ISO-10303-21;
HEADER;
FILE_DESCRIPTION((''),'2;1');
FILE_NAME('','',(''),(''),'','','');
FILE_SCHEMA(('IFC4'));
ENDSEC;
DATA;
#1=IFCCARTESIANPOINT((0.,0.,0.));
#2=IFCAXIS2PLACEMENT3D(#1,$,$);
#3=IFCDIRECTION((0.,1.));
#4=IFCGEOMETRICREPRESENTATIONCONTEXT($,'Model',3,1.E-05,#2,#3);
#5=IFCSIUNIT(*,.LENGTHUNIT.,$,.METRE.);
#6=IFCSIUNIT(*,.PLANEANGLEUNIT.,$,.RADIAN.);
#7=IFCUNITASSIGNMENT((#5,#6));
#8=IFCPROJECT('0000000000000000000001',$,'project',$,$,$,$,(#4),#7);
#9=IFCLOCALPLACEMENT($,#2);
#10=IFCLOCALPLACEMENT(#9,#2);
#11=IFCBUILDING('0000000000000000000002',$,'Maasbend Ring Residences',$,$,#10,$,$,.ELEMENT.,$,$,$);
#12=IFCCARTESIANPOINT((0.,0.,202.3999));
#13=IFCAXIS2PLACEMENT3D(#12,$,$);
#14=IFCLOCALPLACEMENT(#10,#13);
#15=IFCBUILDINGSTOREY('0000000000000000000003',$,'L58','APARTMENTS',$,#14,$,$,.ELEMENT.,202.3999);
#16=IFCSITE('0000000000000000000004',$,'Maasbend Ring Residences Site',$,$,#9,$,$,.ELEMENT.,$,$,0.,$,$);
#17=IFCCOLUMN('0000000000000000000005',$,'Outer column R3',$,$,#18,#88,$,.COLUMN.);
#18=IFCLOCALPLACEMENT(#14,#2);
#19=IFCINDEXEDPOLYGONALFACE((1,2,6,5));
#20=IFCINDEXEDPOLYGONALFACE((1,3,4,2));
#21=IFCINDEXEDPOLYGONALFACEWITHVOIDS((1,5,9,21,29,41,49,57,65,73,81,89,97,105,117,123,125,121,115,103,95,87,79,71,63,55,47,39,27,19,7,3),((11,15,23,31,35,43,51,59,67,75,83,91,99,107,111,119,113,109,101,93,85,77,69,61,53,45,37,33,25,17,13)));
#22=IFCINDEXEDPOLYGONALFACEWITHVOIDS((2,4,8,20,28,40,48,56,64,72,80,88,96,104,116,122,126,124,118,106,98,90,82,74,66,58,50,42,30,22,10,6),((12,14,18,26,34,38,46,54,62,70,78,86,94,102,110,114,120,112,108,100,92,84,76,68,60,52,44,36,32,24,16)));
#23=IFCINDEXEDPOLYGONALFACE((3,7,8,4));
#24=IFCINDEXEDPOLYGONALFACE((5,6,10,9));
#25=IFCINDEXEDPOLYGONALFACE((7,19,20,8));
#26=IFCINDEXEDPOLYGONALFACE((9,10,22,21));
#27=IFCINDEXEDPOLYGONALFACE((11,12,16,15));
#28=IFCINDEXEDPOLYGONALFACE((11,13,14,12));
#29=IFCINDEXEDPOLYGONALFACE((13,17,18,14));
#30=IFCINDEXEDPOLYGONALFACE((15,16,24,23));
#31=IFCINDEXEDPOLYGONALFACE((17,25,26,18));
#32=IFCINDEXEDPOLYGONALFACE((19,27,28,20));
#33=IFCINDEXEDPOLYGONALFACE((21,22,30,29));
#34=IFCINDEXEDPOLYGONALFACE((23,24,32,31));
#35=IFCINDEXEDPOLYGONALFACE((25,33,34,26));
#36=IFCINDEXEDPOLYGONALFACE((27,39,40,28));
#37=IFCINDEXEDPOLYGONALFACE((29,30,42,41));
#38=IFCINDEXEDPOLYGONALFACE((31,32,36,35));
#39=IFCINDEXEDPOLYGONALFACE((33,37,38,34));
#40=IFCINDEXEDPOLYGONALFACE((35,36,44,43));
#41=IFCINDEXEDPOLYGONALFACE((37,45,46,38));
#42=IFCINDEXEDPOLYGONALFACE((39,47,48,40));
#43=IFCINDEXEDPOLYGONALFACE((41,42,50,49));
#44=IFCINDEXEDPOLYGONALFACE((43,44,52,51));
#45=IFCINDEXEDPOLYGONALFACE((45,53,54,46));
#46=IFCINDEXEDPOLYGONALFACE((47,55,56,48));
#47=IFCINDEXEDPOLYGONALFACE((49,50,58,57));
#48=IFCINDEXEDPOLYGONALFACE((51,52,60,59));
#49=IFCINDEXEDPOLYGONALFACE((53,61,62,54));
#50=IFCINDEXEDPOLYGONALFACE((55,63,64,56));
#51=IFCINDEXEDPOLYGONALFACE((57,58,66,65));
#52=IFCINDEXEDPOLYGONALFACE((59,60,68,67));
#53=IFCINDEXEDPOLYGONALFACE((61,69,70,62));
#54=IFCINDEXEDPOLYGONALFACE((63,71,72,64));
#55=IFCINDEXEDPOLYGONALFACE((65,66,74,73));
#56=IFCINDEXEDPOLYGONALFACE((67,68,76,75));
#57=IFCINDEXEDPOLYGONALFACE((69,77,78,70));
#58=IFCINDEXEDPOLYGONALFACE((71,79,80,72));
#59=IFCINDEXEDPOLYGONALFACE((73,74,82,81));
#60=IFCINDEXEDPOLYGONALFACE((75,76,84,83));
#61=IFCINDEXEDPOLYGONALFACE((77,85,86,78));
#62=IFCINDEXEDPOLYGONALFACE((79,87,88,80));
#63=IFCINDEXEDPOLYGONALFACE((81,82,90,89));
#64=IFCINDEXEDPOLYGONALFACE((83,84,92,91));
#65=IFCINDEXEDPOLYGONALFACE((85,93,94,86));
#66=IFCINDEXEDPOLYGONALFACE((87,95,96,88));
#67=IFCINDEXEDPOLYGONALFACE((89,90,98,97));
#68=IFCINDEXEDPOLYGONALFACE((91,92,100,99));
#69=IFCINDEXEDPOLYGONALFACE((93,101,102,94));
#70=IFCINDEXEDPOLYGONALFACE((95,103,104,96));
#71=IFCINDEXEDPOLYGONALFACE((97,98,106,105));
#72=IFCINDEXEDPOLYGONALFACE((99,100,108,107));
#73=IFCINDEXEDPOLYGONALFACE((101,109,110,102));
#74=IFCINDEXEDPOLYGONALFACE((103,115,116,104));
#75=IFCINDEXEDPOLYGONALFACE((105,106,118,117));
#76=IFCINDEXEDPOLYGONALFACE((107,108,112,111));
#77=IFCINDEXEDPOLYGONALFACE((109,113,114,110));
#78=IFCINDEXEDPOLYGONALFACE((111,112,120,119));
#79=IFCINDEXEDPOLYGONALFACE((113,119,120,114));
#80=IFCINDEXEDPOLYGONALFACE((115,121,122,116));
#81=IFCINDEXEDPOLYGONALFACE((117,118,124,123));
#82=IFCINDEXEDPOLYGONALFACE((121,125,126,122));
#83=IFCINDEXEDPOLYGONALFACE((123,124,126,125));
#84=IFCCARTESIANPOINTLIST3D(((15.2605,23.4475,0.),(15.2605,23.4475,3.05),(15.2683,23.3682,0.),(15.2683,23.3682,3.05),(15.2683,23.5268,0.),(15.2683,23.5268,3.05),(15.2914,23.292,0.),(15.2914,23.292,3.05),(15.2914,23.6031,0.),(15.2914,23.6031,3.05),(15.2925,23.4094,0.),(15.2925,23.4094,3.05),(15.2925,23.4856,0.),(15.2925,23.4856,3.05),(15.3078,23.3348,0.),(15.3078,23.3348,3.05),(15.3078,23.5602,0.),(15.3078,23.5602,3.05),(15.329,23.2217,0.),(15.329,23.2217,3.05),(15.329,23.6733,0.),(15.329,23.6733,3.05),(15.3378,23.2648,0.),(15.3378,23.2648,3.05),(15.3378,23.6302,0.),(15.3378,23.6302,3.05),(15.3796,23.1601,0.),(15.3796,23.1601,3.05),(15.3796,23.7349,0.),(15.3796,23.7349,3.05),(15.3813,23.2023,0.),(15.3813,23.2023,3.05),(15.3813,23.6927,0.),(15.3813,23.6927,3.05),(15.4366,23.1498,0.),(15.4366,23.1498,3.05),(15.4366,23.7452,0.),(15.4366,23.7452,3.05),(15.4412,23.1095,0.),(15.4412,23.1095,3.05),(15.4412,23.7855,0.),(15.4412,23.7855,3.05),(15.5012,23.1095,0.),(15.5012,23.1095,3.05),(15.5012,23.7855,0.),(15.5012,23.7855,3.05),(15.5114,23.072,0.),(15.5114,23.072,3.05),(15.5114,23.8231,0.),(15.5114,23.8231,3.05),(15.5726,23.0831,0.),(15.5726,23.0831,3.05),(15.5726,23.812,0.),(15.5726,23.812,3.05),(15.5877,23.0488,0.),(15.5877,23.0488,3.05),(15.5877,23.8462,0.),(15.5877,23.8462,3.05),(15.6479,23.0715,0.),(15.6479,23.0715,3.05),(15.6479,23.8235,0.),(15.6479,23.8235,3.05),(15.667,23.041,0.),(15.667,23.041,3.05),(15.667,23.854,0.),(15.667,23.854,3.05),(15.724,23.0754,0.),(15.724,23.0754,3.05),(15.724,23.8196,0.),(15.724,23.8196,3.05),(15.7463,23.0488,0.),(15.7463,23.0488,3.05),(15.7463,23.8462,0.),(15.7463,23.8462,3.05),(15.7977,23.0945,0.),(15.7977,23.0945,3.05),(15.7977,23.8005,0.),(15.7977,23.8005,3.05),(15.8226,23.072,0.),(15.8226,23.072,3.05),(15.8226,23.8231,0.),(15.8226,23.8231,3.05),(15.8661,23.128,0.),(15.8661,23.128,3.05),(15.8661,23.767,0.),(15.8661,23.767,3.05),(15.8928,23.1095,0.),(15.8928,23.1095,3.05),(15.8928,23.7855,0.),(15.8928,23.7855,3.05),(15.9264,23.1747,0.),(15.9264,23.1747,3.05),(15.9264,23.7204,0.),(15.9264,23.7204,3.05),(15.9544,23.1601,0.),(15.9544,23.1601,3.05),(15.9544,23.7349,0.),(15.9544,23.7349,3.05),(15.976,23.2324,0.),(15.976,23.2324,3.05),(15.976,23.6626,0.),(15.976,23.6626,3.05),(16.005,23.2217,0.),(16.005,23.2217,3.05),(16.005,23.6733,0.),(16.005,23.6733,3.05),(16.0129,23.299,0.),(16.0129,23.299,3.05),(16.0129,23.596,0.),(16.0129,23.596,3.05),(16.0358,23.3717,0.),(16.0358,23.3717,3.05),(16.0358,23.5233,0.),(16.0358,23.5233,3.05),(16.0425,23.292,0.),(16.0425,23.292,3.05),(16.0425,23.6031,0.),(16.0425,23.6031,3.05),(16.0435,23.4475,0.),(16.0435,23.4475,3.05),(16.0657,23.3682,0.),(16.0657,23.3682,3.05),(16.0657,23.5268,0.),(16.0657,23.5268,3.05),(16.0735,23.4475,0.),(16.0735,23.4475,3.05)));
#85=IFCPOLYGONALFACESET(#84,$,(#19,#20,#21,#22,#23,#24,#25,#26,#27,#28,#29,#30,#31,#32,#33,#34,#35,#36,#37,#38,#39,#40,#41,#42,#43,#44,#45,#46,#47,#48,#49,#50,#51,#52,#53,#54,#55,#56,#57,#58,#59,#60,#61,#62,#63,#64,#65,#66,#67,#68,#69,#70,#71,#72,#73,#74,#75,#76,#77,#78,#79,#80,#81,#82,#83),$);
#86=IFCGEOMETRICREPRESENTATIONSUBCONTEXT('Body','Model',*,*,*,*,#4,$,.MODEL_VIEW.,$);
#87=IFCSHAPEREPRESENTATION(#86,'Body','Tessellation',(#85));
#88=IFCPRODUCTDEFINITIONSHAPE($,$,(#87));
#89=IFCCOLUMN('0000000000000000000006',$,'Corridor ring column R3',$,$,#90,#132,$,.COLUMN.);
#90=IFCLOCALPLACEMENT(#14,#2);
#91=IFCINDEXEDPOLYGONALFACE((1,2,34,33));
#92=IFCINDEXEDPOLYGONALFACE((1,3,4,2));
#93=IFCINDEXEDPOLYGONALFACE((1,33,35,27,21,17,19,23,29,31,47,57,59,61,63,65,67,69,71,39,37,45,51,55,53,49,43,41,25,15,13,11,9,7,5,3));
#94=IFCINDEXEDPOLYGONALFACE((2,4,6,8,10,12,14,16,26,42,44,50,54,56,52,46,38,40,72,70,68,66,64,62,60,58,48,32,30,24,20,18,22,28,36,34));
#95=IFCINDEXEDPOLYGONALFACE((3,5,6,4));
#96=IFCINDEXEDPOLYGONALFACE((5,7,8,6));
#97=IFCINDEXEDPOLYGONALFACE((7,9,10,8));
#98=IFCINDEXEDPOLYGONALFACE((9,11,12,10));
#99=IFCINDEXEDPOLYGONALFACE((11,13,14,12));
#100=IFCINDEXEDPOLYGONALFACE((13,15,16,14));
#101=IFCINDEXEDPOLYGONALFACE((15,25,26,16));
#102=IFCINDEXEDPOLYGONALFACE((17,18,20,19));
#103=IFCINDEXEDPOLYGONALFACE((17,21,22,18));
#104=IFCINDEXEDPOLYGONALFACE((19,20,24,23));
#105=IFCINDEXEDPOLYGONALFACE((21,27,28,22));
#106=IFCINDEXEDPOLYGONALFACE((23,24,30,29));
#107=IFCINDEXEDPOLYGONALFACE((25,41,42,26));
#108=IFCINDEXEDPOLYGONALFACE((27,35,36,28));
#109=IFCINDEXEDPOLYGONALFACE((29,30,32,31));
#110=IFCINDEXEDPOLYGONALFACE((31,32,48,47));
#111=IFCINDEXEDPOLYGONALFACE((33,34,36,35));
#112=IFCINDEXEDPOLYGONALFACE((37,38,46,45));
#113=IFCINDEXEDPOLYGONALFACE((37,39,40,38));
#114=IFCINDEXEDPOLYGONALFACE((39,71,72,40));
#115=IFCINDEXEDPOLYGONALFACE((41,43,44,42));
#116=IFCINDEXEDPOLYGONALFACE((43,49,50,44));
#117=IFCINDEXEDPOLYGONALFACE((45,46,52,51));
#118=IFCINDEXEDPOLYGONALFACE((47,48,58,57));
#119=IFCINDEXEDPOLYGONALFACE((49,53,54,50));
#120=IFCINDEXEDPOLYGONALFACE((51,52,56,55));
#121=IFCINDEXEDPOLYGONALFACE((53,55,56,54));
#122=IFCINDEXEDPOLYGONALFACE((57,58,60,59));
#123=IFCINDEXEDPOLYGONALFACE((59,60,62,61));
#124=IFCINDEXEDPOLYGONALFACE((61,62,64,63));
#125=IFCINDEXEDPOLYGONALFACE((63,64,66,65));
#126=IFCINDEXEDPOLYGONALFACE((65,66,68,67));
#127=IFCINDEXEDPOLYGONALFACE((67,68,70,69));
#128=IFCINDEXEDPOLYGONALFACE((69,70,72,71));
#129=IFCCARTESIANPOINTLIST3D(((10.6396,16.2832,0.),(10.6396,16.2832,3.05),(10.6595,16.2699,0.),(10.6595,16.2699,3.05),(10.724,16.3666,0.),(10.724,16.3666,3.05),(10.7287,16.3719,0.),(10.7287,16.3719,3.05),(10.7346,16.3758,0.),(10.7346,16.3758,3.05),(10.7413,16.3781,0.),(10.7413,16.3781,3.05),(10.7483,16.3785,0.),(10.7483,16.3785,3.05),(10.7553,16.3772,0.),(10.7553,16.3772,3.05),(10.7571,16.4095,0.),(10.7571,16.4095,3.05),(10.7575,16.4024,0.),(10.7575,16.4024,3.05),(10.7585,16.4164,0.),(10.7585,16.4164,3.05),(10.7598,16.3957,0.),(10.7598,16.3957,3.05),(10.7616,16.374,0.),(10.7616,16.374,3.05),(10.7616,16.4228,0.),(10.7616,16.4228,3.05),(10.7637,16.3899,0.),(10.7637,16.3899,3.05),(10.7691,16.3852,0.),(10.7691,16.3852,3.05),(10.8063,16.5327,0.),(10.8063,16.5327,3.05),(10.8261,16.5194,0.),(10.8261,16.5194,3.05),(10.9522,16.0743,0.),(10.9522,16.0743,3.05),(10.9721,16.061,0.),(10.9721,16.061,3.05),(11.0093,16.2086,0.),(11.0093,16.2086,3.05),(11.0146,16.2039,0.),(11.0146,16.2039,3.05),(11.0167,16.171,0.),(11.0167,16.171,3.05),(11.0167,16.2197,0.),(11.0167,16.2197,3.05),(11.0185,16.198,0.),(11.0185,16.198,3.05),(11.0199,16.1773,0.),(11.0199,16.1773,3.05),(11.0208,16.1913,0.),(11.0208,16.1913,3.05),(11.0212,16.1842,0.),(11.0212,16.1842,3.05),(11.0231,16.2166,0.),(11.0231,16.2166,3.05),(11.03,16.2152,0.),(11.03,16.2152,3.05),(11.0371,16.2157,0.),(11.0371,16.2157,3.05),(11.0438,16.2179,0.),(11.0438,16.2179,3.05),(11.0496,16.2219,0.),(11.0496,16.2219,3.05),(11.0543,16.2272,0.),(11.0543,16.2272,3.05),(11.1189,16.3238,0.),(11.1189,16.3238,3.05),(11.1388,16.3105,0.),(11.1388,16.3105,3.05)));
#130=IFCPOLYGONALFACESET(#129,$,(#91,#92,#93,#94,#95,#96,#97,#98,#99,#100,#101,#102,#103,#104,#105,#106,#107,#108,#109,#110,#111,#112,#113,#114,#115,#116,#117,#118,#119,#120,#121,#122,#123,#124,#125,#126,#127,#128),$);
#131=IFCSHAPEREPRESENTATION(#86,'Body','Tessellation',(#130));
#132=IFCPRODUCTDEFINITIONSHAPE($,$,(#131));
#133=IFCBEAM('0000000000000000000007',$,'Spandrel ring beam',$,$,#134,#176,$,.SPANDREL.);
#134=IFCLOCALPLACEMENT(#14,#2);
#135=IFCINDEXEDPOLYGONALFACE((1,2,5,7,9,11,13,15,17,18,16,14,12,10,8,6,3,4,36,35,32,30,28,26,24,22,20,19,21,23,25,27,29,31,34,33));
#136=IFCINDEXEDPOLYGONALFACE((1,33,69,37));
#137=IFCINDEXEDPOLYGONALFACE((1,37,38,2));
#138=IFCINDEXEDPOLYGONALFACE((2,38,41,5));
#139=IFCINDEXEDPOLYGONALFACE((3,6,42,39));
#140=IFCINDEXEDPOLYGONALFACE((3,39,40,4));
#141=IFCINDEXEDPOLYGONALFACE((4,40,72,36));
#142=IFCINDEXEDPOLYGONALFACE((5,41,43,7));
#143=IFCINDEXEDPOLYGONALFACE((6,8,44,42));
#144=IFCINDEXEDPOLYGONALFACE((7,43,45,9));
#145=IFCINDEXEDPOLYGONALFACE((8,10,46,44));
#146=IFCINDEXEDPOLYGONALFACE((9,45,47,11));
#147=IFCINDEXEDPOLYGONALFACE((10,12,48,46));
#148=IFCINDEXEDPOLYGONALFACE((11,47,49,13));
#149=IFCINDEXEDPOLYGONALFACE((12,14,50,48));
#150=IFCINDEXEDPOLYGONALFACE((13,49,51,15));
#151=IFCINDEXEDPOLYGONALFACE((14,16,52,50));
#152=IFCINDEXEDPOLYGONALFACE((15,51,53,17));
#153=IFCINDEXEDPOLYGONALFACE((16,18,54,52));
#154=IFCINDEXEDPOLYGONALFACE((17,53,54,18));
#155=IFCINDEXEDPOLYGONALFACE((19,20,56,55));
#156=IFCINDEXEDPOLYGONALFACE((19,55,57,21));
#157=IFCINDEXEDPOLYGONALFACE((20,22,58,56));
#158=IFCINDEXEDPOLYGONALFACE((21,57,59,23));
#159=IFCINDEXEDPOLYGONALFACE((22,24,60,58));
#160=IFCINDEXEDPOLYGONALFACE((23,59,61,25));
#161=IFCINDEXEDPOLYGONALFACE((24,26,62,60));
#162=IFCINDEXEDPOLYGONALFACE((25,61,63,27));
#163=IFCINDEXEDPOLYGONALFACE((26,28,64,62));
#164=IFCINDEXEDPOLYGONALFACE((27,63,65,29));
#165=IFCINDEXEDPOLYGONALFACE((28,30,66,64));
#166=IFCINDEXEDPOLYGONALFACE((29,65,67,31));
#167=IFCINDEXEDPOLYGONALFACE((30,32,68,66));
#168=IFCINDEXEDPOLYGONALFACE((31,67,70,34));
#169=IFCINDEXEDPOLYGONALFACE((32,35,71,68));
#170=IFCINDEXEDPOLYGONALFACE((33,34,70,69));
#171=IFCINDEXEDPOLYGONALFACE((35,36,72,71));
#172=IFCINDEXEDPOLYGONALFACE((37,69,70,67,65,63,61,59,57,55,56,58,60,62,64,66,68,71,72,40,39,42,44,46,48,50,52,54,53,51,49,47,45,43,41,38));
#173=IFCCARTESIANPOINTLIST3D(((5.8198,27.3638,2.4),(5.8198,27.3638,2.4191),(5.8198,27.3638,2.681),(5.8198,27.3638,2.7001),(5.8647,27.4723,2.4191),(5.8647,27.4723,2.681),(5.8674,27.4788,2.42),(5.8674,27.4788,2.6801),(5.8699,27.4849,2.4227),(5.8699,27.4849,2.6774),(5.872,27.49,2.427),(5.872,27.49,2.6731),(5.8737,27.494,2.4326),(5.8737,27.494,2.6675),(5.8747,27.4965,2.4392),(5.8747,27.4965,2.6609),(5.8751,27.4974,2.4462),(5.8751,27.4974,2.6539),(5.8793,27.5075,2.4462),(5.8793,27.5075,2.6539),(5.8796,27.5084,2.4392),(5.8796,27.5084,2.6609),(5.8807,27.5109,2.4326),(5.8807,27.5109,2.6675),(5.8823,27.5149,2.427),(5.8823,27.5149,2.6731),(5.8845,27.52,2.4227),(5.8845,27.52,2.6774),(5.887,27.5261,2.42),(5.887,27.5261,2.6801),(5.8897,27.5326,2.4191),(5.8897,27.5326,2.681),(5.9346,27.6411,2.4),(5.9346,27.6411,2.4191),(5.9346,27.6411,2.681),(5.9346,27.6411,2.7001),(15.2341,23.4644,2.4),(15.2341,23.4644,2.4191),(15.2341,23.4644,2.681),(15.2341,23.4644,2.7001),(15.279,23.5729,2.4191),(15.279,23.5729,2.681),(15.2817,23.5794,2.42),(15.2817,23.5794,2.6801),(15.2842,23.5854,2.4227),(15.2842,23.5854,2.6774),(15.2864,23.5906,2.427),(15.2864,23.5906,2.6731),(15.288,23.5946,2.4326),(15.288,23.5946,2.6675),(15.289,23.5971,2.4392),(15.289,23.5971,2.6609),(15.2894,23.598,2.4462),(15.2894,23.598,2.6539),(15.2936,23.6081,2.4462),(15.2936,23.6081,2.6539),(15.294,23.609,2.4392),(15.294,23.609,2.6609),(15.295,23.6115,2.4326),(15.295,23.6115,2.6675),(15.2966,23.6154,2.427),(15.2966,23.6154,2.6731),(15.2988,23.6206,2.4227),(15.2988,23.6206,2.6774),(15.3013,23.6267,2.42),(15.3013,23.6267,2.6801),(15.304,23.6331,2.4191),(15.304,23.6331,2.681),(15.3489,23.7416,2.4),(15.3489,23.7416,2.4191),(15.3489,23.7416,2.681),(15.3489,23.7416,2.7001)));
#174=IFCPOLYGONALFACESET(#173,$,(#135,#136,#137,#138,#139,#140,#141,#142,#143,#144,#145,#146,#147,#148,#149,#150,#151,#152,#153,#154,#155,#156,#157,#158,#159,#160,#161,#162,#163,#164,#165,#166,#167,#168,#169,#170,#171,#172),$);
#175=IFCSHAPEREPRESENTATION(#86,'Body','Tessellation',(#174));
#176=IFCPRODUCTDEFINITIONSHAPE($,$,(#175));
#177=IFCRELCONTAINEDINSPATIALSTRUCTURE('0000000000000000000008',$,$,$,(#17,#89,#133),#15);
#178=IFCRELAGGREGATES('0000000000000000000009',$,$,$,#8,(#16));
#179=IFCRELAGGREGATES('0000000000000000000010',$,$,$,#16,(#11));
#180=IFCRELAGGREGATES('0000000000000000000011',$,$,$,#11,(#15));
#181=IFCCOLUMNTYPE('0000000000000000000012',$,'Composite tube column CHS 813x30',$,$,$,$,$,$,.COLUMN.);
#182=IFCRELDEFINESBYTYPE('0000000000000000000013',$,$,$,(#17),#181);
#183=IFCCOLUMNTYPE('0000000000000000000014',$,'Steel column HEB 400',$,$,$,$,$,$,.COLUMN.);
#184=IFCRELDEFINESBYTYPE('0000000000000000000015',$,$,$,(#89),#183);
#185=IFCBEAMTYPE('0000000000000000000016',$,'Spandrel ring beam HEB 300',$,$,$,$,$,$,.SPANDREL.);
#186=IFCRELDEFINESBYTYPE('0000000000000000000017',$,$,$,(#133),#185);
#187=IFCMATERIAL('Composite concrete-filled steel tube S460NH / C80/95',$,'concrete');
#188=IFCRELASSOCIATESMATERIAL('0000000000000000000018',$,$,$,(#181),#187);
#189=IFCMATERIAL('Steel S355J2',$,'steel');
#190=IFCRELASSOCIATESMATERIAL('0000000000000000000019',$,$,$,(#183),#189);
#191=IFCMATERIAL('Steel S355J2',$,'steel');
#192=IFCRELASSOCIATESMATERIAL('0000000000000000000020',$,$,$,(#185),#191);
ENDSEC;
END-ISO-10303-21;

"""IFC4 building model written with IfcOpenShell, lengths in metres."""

from ifc_helpers import new_model, si_unit, direction, frame, origin, origin_2d, place, context, subcontext, project, spatial, hollow_circle, i_section, extrude, material, material_profile, profile_set, type_object, element, save


model = new_model("IFC4")

# Units and contexts
model_context = context("Model", 3, precision=1e-05, world=origin(), true_north=direction((0.0, 1.0)))
body_context = subcontext(model_context, "Body", "Model", "MODEL_VIEW")
ifc_project = project(units=[si_unit("LENGTHUNIT", "METRE"), si_unit("PLANEANGLEUNIT", "RADIAN")], contexts=[model_context])

# Site, building, storey
site_placement = place(None, origin())
site = spatial("IfcSite", under=ifc_project, at=site_placement, Name="Maasbend Ring Residences Site", CompositionType="ELEMENT", RefElevation=0.0)
building_placement = place(site_placement, origin())
building = spatial("IfcBuilding", under=site, at=building_placement, Name="Maasbend Ring Residences", CompositionType="ELEMENT")
storey_placement = place(building_placement, frame((0.0, 0.0, 202.3999)))
storey = spatial("IfcBuildingStorey", under=building, at=storey_placement, Name="L58", Description="APARTMENTS", CompositionType="ELEMENT", Elevation=202.3999)

# Columns
ifc_material_1 = material(Name="Composite concrete-filled steel tube S460NH / C80/95", Category="concrete")
ifc_material_profile_1 = material_profile(ifc_material_1, hollow_circle(Radius=0.4065, WallThickness=0.03, at=origin_2d()), Name="Composite tube column CHS 813x30")
ifc_profile_set_1 = profile_set([ifc_material_profile_1], Name="Composite concrete-filled steel tube S460NH / C80/95")
column_type_1 = type_object("IfcColumnType", Name="Composite tube column CHS 813x30", PredefinedType="COLUMN", material=ifc_profile_set_1)
column_1_placement = place(storey_placement, frame((15.667, 23.4475, 0.0), z_axis=(0.0, 0.0, 1.0), x_axis=(1.0, 0.0, 0.0)))
element("IfcColumn", 1, at=column_1_placement, inside=storey, type_object=column_type_1, Name="Outer column R3", PredefinedType="COLUMN", context=body_context, shape_type="SweptSolid", body=[
    extrude(hollow_circle(Radius=0.4065, WallThickness=0.03, at=origin_2d()), origin(), (0.0, 0.0, 1.0), 3.05),
])
ifc_material_2 = material(Name="Steel S355J2", Category="steel")
ifc_material_profile_2 = material_profile(ifc_material_2, i_section(OverallWidth=0.3, OverallDepth=0.3999, WebThickness=0.0134, FlangeThickness=0.0239, FilletRadius=0.0271, at=origin_2d()), Name="HEB 400")
ifc_profile_set_2 = profile_set([ifc_material_profile_2], Name="Steel S355J2")
column_type_2 = type_object("IfcColumnType", Name="Steel column HEB 400", PredefinedType="COLUMN", material=ifc_profile_set_2)
column_2_placement = place(storey_placement, frame((10.8892, 16.2969, 0.0), z_axis=(0.0, 0.0, 1.0), x_axis=(0.55557, 0.83147, 0.0)))
element("IfcColumn", 2, at=column_2_placement, inside=storey, type_object=column_type_2, Name="Corridor ring column R3", PredefinedType="COLUMN", context=body_context, shape_type="SweptSolid", body=[
    extrude(i_section(OverallWidth=0.3, OverallDepth=0.3999, WebThickness=0.0134, FlangeThickness=0.0239, FilletRadius=0.0271, at=origin_2d()), origin(), (0.0, 0.0, 1.0), 3.05),
])

# Beam
ifc_material_3 = material(Name="Steel S355J2", Category="steel")
ifc_material_profile_3 = material_profile(ifc_material_3, i_section(OverallWidth=0.3, OverallDepth=0.3, WebThickness=0.011, FlangeThickness=0.019, FilletRadius=0.0271, at=origin_2d()), Name="HEB 300")
ifc_profile_set_3 = profile_set([ifc_material_profile_3], Name="Steel S355J2")
beam_type = type_object("IfcBeamType", Name="Spandrel ring beam HEB 300", PredefinedType="SPANDREL", material=ifc_profile_set_3)
beam_placement = place(storey_placement, frame((15.2915, 23.603, 2.55), z_axis=(-0.923884, 0.382673, 0.0), x_axis=(-0.382673, -0.923884, 0.0)))
element("IfcBeam", 3, at=beam_placement, inside=storey, type_object=beam_type, Name="Spandrel ring beam", PredefinedType="SPANDREL", context=body_context, shape_type="SweptSolid", body=[
    extrude(i_section(OverallWidth=0.3, OverallDepth=0.3, WebThickness=0.011, FlangeThickness=0.019, FilletRadius=0.0271, at=origin_2d()), origin(), (0.0, 0.0, 1.0), 10.1899),
])

save(model, "model.ifc")
